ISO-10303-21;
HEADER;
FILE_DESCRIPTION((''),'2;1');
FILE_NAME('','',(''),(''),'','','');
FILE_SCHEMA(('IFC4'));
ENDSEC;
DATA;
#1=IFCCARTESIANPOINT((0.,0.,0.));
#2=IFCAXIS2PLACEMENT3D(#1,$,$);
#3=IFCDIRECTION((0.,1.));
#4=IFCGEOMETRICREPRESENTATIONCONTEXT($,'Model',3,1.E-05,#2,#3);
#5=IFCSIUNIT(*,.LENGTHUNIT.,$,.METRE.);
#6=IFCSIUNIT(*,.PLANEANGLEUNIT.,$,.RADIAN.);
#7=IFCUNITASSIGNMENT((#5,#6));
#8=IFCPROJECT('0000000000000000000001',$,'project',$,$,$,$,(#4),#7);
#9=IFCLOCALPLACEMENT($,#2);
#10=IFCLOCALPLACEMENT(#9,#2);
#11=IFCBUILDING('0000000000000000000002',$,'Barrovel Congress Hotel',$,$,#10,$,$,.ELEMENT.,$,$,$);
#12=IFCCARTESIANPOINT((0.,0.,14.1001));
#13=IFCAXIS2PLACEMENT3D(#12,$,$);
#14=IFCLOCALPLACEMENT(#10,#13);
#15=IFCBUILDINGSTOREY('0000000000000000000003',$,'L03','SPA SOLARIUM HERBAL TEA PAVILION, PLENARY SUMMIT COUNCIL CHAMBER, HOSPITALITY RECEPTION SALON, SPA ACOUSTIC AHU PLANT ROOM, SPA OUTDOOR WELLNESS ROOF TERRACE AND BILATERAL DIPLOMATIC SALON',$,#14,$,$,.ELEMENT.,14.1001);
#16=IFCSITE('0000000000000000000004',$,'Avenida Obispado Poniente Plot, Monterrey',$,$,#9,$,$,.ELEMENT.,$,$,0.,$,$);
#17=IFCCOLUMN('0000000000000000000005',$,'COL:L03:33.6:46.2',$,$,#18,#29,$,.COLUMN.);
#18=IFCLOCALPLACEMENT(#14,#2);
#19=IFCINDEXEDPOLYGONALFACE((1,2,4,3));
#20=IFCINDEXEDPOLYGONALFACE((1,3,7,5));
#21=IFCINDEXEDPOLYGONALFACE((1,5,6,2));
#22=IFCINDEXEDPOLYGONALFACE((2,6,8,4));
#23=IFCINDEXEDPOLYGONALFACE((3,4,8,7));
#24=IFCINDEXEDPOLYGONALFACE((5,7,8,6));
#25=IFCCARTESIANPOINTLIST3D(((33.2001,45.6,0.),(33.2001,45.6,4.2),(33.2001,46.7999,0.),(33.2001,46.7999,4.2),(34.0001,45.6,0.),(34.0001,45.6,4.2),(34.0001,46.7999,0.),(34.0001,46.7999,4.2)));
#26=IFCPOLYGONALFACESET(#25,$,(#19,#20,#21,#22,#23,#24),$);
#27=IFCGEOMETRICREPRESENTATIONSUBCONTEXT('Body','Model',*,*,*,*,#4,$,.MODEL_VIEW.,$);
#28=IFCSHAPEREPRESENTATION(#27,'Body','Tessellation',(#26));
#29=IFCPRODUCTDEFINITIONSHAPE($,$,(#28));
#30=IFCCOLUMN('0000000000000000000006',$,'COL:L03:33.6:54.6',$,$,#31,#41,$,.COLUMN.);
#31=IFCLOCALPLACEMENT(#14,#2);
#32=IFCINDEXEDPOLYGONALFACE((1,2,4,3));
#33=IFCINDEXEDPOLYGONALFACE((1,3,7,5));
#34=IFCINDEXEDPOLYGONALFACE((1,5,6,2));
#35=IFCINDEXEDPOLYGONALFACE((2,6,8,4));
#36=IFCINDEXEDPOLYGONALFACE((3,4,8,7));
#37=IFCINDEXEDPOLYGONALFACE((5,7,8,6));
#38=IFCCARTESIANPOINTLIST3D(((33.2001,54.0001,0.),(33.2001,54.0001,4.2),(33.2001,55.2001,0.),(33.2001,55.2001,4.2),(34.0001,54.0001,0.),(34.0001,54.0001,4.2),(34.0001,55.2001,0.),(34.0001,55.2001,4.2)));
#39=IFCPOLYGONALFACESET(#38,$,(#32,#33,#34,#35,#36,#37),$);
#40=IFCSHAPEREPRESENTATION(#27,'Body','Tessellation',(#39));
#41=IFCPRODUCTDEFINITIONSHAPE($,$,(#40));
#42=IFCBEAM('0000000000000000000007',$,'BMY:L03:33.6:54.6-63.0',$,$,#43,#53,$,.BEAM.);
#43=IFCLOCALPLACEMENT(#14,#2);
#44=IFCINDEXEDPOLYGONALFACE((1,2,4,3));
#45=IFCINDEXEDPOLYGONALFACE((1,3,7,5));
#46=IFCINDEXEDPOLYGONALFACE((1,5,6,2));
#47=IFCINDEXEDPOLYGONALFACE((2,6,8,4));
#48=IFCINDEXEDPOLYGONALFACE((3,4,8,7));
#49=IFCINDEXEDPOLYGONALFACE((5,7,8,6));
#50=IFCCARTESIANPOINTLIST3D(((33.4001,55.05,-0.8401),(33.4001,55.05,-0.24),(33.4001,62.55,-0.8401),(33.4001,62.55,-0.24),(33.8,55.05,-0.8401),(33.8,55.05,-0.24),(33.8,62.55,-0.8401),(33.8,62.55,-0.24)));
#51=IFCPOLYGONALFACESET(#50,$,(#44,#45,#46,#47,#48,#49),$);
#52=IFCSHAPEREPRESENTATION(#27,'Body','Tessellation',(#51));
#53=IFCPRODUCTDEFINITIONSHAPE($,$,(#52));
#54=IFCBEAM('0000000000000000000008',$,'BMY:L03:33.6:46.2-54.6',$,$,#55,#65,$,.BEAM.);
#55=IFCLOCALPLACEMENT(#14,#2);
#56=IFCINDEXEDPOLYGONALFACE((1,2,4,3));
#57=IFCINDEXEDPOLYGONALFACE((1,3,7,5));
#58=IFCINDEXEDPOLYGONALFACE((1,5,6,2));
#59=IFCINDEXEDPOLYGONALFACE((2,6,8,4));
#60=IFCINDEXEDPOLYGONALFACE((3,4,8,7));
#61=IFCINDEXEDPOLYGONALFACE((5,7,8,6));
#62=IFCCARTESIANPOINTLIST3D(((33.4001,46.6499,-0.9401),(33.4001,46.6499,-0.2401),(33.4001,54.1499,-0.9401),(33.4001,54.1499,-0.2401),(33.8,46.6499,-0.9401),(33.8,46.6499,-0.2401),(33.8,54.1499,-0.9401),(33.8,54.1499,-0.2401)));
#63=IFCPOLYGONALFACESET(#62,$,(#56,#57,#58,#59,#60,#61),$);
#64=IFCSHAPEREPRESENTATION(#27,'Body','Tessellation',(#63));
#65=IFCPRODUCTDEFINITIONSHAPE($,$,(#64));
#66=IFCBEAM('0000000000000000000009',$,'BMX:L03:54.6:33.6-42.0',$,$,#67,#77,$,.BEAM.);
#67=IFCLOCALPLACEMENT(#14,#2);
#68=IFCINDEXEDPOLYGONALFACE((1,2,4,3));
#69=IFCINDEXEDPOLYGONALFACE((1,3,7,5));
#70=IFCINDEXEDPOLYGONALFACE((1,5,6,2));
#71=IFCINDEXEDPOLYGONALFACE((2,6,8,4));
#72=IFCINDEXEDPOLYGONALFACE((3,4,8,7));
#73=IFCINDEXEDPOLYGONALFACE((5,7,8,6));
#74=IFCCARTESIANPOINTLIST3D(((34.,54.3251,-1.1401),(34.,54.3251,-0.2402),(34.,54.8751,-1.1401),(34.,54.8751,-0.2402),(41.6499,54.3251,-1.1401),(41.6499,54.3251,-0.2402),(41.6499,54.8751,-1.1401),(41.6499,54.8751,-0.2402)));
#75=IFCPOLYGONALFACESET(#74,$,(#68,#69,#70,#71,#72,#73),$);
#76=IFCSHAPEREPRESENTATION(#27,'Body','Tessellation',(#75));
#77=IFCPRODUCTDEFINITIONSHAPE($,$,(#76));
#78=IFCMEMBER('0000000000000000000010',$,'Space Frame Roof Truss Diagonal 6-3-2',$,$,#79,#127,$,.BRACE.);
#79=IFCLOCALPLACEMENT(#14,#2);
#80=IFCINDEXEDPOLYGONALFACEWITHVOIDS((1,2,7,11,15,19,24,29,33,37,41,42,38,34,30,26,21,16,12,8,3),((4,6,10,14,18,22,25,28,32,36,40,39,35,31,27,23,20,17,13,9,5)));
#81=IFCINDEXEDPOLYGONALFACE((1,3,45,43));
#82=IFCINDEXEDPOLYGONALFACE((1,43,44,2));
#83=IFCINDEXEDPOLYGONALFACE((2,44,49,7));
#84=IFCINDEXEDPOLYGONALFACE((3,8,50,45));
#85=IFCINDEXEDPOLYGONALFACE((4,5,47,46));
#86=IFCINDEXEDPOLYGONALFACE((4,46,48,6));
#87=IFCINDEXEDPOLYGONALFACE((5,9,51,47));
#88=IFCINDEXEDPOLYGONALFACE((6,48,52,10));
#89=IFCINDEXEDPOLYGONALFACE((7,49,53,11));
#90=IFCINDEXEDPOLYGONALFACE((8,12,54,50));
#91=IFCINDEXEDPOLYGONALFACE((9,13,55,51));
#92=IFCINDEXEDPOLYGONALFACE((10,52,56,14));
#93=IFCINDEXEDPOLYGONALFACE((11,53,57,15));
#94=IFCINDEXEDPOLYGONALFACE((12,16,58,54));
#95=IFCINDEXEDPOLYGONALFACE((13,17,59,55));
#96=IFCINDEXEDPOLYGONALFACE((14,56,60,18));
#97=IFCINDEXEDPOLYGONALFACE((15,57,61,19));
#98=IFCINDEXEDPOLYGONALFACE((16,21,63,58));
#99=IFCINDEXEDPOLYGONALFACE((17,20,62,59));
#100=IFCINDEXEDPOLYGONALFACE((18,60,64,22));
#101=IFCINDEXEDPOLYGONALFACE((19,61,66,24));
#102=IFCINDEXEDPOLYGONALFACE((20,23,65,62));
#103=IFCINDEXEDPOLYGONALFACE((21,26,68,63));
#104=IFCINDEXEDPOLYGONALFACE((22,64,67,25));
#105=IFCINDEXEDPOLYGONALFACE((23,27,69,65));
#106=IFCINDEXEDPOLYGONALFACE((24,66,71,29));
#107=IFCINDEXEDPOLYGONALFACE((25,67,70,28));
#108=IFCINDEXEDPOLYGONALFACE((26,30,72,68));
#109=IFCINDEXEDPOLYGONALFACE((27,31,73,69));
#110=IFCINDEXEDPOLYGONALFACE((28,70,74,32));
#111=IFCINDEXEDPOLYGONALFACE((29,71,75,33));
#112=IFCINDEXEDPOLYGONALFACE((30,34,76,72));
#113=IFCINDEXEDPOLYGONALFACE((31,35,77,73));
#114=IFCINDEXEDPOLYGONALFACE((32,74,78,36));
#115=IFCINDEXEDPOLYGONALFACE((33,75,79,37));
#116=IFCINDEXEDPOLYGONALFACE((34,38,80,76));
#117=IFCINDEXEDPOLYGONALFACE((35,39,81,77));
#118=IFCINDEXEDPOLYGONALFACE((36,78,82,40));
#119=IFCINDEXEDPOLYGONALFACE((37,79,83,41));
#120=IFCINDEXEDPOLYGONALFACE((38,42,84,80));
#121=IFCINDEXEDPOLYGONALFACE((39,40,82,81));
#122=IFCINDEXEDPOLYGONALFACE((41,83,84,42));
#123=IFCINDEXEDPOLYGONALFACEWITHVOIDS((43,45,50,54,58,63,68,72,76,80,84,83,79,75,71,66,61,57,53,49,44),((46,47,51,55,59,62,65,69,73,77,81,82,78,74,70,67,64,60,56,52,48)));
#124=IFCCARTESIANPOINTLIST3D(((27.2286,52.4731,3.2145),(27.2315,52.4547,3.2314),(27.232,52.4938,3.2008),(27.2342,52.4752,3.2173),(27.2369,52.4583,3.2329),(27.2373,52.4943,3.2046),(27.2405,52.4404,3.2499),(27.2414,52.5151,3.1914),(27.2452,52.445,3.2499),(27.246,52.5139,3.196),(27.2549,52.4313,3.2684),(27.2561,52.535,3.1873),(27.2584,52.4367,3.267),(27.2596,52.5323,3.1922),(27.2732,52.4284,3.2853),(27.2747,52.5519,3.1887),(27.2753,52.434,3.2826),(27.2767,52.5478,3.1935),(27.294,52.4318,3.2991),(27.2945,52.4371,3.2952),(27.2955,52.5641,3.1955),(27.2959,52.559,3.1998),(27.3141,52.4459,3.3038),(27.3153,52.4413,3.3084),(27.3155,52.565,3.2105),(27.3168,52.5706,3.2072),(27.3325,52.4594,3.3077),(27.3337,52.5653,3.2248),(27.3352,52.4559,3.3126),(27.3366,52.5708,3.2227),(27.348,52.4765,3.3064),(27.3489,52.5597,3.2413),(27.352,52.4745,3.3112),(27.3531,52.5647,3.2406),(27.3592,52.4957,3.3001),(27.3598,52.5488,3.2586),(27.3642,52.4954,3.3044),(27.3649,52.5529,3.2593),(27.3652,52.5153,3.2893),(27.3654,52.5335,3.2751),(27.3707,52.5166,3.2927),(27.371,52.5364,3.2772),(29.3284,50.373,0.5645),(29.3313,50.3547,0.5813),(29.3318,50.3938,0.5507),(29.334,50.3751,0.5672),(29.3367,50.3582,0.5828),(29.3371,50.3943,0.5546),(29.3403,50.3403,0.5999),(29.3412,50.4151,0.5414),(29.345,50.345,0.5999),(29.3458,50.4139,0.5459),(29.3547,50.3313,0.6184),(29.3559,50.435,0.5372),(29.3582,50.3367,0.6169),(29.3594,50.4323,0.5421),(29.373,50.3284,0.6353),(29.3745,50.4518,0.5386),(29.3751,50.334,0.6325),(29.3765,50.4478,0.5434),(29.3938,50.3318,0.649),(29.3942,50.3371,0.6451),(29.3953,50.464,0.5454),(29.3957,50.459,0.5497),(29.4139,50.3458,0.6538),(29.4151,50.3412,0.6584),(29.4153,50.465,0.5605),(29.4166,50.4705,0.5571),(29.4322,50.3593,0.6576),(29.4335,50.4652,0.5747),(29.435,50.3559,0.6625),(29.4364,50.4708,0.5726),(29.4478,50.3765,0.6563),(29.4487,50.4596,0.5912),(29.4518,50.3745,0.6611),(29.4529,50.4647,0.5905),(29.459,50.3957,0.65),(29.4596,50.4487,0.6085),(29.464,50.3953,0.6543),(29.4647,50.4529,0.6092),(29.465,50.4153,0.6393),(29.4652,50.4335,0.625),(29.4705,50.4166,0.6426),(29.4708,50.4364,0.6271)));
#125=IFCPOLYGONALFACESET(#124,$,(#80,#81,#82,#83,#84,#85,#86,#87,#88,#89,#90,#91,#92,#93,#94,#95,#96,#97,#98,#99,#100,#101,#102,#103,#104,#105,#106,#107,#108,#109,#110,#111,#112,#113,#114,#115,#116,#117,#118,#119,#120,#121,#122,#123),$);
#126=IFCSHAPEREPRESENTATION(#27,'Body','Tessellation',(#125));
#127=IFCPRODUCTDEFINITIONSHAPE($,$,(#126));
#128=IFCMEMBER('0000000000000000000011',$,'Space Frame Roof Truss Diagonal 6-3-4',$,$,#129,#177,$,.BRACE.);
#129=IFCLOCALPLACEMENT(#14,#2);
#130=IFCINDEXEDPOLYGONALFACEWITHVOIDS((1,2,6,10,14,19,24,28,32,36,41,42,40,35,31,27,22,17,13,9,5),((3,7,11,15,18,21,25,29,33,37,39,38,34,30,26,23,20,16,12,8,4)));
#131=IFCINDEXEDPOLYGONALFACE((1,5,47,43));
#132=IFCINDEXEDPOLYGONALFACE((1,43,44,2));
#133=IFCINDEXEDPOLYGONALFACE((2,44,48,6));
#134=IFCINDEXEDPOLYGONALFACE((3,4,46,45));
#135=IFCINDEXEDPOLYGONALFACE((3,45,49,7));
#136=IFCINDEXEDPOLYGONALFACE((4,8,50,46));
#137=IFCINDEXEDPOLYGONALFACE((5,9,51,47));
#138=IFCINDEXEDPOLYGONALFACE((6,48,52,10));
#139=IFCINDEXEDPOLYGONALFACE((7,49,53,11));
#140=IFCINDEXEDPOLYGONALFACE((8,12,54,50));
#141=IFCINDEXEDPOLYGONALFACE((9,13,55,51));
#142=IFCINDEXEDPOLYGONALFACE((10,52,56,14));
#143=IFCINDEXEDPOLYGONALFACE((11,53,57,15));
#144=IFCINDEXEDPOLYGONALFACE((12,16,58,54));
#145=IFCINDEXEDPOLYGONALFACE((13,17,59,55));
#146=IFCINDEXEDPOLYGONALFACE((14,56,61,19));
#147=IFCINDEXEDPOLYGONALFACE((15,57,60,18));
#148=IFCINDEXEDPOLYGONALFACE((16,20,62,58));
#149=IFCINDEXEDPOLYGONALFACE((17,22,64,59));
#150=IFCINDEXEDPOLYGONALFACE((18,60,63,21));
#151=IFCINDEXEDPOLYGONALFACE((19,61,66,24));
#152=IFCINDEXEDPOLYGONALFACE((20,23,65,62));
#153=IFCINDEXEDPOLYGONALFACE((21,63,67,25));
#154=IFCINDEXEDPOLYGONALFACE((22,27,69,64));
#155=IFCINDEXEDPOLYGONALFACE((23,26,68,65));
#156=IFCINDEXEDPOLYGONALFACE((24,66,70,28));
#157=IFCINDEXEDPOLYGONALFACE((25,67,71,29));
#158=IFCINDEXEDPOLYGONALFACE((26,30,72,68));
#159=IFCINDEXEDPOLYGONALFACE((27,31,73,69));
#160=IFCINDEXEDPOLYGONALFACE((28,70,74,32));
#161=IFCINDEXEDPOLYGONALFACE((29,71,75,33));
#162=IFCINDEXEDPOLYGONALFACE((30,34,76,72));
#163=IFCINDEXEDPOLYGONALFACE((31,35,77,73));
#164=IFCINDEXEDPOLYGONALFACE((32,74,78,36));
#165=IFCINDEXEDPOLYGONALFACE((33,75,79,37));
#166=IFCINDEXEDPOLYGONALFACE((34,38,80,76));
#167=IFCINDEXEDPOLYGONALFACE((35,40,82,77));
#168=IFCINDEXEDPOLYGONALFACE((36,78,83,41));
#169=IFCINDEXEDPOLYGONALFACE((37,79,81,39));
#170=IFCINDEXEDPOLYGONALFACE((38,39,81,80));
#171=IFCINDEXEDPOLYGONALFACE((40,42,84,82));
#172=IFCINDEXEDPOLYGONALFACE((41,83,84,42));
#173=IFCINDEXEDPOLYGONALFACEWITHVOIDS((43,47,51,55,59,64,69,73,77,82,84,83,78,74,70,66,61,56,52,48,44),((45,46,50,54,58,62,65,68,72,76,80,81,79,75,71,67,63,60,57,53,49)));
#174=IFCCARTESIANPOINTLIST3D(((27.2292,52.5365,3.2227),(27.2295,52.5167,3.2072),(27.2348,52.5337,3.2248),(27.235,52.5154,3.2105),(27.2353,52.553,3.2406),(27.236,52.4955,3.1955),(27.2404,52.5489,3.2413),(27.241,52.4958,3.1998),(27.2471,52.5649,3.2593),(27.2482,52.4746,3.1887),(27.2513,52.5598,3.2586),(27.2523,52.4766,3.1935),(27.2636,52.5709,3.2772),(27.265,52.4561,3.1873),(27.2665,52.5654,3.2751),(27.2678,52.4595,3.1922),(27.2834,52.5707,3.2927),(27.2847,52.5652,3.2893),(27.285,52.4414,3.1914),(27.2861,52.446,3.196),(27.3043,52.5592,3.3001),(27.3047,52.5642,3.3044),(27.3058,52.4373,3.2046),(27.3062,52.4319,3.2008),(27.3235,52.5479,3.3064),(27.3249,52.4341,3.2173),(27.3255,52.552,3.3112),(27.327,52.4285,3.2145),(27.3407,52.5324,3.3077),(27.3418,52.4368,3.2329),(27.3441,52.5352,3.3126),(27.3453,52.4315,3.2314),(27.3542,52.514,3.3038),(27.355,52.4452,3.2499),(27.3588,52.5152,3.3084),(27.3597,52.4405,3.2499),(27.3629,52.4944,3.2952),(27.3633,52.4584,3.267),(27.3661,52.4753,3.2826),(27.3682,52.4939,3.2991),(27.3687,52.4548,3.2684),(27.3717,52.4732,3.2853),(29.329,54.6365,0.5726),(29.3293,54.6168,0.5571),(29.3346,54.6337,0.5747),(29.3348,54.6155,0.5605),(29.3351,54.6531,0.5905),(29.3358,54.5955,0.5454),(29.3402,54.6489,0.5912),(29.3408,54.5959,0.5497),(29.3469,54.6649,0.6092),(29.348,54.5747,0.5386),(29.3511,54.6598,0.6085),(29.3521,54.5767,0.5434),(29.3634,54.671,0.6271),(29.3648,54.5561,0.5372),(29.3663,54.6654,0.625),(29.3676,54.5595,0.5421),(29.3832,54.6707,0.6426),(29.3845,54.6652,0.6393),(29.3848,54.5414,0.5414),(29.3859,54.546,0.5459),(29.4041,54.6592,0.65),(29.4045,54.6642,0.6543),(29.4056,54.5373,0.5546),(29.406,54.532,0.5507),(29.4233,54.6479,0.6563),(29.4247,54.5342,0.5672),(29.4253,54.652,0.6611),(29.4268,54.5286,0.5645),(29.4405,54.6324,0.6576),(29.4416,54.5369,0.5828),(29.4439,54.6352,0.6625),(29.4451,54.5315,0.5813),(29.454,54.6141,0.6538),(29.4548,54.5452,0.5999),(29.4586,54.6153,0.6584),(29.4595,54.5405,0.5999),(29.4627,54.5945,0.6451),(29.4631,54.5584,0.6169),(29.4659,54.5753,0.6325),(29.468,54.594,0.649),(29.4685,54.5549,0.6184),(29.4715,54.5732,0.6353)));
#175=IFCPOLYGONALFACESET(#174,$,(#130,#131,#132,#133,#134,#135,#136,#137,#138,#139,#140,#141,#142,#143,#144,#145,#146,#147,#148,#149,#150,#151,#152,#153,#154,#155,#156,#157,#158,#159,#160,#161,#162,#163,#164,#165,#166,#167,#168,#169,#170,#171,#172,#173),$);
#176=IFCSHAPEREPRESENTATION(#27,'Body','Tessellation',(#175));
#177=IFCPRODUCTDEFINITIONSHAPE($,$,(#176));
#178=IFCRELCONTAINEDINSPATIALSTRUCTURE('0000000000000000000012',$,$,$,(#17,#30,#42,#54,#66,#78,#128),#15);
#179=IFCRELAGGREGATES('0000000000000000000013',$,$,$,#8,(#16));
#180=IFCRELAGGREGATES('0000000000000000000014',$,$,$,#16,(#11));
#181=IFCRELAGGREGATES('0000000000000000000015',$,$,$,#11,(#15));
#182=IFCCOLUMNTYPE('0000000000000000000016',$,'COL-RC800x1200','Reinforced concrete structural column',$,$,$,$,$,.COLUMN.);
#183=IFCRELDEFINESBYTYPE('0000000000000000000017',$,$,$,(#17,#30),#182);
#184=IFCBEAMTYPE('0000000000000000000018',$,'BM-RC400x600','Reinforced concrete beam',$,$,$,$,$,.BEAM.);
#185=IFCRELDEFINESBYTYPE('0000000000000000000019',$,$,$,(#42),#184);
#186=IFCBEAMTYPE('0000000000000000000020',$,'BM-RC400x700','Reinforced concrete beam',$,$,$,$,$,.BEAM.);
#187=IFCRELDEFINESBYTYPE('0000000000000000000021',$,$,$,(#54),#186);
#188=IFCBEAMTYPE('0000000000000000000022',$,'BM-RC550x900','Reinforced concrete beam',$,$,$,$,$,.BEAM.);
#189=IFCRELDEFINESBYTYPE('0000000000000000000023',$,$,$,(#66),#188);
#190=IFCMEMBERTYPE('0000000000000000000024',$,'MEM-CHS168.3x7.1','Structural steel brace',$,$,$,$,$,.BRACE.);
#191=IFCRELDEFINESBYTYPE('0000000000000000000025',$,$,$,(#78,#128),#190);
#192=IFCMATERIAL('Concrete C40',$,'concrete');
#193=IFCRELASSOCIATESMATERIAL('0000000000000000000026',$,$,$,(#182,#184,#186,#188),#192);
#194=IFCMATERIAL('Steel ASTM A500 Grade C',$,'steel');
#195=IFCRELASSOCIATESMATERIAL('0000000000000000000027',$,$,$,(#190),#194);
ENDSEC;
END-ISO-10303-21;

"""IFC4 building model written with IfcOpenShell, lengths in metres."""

from ifc_helpers import new_model, si_unit, direction, frame, origin, origin_2d, place, context, subcontext, project, spatial, rectangle, hollow_circle, extrude, material, material_profile, profile_set, type_object, element, save


model = new_model("IFC4")

# Units and contexts
model_context = context("Model", 3, precision=1e-05, world=origin(), true_north=direction((0.0, 1.0)))
body_context = subcontext(model_context, "Body", "Model", "MODEL_VIEW")
ifc_project = project(units=[si_unit("LENGTHUNIT", "METRE"), si_unit("PLANEANGLEUNIT", "RADIAN")], contexts=[model_context])

# Site, building, storey
site_placement = place(None, origin())
site = spatial("IfcSite", under=ifc_project, at=site_placement, Name="Avenida Obispado Poniente Plot, Monterrey", CompositionType="ELEMENT", RefElevation=0.0)
building_placement = place(site_placement, origin())
building = spatial("IfcBuilding", under=site, at=building_placement, Name="Barrovel Congress Hotel", CompositionType="ELEMENT")
storey_placement = place(building_placement, frame((0.0, 0.0, 14.1001)))
storey = spatial("IfcBuildingStorey", under=building, at=storey_placement, Name="L03", Description="SPA SOLARIUM HERBAL TEA PAVILION, PLENARY SUMMIT COUNCIL CHAMBER, HOSPITALITY RECEPTION SALON, SPA ACOUSTIC AHU PLANT ROOM, SPA OUTDOOR WELLNESS ROOF TERRACE AND BILATERAL DIPLOMATIC SALON", CompositionType="ELEMENT", Elevation=14.1001)

# Columns
ifc_material_1 = material(Name="Concrete C40", Category="concrete")
ifc_material_profile_1 = material_profile(ifc_material_1, rectangle(XDim=0.8, YDim=1.2, at=origin_2d()), Name="RC800x1200")
ifc_profile_set_1 = profile_set([ifc_material_profile_1], Name="Concrete C40")
column_type = type_object("IfcColumnType", Name="COL-RC800x1200", Description="Reinforced concrete structural column", PredefinedType="COLUMN", material=ifc_profile_set_1)
for number, where, z_axis, x_axis, name in (
    (1, (33.6001, 46.2, 0.0), (0.0, 0.0, 1.0), (1.0, 0.0, 0.0), "COL:L03:33.6:46.2"),
    (2, (33.6001, 54.6001, 0.0), (0.0, 0.0, 1.0), (1.0, 0.0, 0.0), "COL:L03:33.6:54.6"),
):
    element("IfcColumn", number, at=place(storey_placement, frame(where, z_axis=z_axis, x_axis=x_axis)), inside=storey, type_object=column_type, Name=name, PredefinedType="COLUMN", context=body_context, shape_type="SweptSolid", body=[
        extrude(rectangle(XDim=0.8, YDim=1.2, at=origin_2d()), origin(), (0.0, 0.0, 1.0), 4.2),
    ])

# Beams
ifc_material_profile_2 = material_profile(ifc_material_1, rectangle(XDim=0.3999, YDim=0.6001, at=origin_2d()), Name="RC400x600")
ifc_profile_set_2 = profile_set([ifc_material_profile_2], Name="Concrete C40")
beam_type_1 = type_object("IfcBeamType", Name="BM-RC400x600", Description="Reinforced concrete beam", PredefinedType="BEAM", material=ifc_profile_set_2)
beam_1_placement = place(storey_placement, frame((33.6001, 55.05, -0.54), z_axis=(0.0, 1.0, 0.0), x_axis=(-1.0, 0.0, 0.0)))
element("IfcBeam", 3, at=beam_1_placement, inside=storey, type_object=beam_type_1, Name="BMY:L03:33.6:54.6-63.0", PredefinedType="BEAM", context=body_context, shape_type="SweptSolid", body=[
    extrude(rectangle(XDim=0.3999, YDim=0.6001, at=origin_2d()), origin(), (0.0, 0.0, 1.0), 7.5),
])
ifc_material_profile_3 = material_profile(ifc_material_1, rectangle(XDim=0.3999, YDim=0.7, at=origin_2d()), Name="RC400x700")
ifc_profile_set_3 = profile_set([ifc_material_profile_3], Name="Concrete C40")
beam_type_2 = type_object("IfcBeamType", Name="BM-RC400x700", Description="Reinforced concrete beam", PredefinedType="BEAM", material=ifc_profile_set_3)
beam_2_placement = place(storey_placement, frame((33.6001, 46.6499, -0.5901), z_axis=(0.0, 1.0, 0.0), x_axis=(-1.0, 0.0, 0.0)))
element("IfcBeam", 4, at=beam_2_placement, inside=storey, type_object=beam_type_2, Name="BMY:L03:33.6:46.2-54.6", PredefinedType="BEAM", context=body_context, shape_type="SweptSolid", body=[
    extrude(rectangle(XDim=0.3999, YDim=0.7, at=origin_2d()), origin(), (0.0, 0.0, 1.0), 7.5),
])
ifc_material_profile_4 = material_profile(ifc_material_1, rectangle(XDim=0.55, YDim=0.8999, at=origin_2d()), Name="RC550x900")
ifc_profile_set_4 = profile_set([ifc_material_profile_4], Name="Concrete C40")
beam_type_3 = type_object("IfcBeamType", Name="BM-RC550x900", Description="Reinforced concrete beam", PredefinedType="BEAM", material=ifc_profile_set_4)
beam_3_placement = place(storey_placement, frame((34.0, 54.6001, -0.6902), z_axis=(1.0, 0.0, 0.0), x_axis=(0.0, 1.0, 0.0)))
element("IfcBeam", 5, at=beam_3_placement, inside=storey, type_object=beam_type_3, Name="BMX:L03:54.6:33.6-42.0", PredefinedType="BEAM", context=body_context, shape_type="SweptSolid", body=[
    extrude(rectangle(XDim=0.55, YDim=0.8999, at=origin_2d()), origin(), (0.0, 0.0, 1.0), 7.6499),
])

# Members
ifc_material_2 = material(Name="Steel ASTM A500 Grade C", Category="steel")
ifc_material_profile_5 = material_profile(ifc_material_2, hollow_circle(Radius=0.0842, WallThickness=0.0066, at=origin_2d()), Name="CHS168.3x7.1")
ifc_profile_set_5 = profile_set([ifc_material_profile_5], Name="Steel ASTM A500 Grade C")
member_type_1 = type_object("IfcMemberType", Name="MEM-CHS168.3x7.1", Description="Structural steel brace", PredefinedType="BRACE", material=ifc_profile_set_5)
for number, where, z_axis, x_axis, name in (
    (6, (29.3999, 50.3999, 0.5999), (-0.527557, 0.527618, 0.66581), (-0.707148, -0.707066, 0.0), "Space Frame Roof Truss Diagonal 6-3-2"),
    (7, (29.3999, 54.6001, 0.5999), (-0.527557, -0.527618, 0.66581), (0.707148, -0.707066, 0.0), "Space Frame Roof Truss Diagonal 6-3-4"),
):
    element("IfcMember", number, at=place(storey_placement, frame(where, z_axis=z_axis, x_axis=x_axis)), inside=storey, type_object=member_type_1, Name=name, PredefinedType="BRACE", context=body_context, shape_type="SweptSolid", body=[
        extrude(hollow_circle(Radius=0.0842, WallThickness=0.0066, at=origin_2d()), origin(), (0.0, 0.0, 1.0), 3.9802),
    ])

save(model, "model.ifc")
